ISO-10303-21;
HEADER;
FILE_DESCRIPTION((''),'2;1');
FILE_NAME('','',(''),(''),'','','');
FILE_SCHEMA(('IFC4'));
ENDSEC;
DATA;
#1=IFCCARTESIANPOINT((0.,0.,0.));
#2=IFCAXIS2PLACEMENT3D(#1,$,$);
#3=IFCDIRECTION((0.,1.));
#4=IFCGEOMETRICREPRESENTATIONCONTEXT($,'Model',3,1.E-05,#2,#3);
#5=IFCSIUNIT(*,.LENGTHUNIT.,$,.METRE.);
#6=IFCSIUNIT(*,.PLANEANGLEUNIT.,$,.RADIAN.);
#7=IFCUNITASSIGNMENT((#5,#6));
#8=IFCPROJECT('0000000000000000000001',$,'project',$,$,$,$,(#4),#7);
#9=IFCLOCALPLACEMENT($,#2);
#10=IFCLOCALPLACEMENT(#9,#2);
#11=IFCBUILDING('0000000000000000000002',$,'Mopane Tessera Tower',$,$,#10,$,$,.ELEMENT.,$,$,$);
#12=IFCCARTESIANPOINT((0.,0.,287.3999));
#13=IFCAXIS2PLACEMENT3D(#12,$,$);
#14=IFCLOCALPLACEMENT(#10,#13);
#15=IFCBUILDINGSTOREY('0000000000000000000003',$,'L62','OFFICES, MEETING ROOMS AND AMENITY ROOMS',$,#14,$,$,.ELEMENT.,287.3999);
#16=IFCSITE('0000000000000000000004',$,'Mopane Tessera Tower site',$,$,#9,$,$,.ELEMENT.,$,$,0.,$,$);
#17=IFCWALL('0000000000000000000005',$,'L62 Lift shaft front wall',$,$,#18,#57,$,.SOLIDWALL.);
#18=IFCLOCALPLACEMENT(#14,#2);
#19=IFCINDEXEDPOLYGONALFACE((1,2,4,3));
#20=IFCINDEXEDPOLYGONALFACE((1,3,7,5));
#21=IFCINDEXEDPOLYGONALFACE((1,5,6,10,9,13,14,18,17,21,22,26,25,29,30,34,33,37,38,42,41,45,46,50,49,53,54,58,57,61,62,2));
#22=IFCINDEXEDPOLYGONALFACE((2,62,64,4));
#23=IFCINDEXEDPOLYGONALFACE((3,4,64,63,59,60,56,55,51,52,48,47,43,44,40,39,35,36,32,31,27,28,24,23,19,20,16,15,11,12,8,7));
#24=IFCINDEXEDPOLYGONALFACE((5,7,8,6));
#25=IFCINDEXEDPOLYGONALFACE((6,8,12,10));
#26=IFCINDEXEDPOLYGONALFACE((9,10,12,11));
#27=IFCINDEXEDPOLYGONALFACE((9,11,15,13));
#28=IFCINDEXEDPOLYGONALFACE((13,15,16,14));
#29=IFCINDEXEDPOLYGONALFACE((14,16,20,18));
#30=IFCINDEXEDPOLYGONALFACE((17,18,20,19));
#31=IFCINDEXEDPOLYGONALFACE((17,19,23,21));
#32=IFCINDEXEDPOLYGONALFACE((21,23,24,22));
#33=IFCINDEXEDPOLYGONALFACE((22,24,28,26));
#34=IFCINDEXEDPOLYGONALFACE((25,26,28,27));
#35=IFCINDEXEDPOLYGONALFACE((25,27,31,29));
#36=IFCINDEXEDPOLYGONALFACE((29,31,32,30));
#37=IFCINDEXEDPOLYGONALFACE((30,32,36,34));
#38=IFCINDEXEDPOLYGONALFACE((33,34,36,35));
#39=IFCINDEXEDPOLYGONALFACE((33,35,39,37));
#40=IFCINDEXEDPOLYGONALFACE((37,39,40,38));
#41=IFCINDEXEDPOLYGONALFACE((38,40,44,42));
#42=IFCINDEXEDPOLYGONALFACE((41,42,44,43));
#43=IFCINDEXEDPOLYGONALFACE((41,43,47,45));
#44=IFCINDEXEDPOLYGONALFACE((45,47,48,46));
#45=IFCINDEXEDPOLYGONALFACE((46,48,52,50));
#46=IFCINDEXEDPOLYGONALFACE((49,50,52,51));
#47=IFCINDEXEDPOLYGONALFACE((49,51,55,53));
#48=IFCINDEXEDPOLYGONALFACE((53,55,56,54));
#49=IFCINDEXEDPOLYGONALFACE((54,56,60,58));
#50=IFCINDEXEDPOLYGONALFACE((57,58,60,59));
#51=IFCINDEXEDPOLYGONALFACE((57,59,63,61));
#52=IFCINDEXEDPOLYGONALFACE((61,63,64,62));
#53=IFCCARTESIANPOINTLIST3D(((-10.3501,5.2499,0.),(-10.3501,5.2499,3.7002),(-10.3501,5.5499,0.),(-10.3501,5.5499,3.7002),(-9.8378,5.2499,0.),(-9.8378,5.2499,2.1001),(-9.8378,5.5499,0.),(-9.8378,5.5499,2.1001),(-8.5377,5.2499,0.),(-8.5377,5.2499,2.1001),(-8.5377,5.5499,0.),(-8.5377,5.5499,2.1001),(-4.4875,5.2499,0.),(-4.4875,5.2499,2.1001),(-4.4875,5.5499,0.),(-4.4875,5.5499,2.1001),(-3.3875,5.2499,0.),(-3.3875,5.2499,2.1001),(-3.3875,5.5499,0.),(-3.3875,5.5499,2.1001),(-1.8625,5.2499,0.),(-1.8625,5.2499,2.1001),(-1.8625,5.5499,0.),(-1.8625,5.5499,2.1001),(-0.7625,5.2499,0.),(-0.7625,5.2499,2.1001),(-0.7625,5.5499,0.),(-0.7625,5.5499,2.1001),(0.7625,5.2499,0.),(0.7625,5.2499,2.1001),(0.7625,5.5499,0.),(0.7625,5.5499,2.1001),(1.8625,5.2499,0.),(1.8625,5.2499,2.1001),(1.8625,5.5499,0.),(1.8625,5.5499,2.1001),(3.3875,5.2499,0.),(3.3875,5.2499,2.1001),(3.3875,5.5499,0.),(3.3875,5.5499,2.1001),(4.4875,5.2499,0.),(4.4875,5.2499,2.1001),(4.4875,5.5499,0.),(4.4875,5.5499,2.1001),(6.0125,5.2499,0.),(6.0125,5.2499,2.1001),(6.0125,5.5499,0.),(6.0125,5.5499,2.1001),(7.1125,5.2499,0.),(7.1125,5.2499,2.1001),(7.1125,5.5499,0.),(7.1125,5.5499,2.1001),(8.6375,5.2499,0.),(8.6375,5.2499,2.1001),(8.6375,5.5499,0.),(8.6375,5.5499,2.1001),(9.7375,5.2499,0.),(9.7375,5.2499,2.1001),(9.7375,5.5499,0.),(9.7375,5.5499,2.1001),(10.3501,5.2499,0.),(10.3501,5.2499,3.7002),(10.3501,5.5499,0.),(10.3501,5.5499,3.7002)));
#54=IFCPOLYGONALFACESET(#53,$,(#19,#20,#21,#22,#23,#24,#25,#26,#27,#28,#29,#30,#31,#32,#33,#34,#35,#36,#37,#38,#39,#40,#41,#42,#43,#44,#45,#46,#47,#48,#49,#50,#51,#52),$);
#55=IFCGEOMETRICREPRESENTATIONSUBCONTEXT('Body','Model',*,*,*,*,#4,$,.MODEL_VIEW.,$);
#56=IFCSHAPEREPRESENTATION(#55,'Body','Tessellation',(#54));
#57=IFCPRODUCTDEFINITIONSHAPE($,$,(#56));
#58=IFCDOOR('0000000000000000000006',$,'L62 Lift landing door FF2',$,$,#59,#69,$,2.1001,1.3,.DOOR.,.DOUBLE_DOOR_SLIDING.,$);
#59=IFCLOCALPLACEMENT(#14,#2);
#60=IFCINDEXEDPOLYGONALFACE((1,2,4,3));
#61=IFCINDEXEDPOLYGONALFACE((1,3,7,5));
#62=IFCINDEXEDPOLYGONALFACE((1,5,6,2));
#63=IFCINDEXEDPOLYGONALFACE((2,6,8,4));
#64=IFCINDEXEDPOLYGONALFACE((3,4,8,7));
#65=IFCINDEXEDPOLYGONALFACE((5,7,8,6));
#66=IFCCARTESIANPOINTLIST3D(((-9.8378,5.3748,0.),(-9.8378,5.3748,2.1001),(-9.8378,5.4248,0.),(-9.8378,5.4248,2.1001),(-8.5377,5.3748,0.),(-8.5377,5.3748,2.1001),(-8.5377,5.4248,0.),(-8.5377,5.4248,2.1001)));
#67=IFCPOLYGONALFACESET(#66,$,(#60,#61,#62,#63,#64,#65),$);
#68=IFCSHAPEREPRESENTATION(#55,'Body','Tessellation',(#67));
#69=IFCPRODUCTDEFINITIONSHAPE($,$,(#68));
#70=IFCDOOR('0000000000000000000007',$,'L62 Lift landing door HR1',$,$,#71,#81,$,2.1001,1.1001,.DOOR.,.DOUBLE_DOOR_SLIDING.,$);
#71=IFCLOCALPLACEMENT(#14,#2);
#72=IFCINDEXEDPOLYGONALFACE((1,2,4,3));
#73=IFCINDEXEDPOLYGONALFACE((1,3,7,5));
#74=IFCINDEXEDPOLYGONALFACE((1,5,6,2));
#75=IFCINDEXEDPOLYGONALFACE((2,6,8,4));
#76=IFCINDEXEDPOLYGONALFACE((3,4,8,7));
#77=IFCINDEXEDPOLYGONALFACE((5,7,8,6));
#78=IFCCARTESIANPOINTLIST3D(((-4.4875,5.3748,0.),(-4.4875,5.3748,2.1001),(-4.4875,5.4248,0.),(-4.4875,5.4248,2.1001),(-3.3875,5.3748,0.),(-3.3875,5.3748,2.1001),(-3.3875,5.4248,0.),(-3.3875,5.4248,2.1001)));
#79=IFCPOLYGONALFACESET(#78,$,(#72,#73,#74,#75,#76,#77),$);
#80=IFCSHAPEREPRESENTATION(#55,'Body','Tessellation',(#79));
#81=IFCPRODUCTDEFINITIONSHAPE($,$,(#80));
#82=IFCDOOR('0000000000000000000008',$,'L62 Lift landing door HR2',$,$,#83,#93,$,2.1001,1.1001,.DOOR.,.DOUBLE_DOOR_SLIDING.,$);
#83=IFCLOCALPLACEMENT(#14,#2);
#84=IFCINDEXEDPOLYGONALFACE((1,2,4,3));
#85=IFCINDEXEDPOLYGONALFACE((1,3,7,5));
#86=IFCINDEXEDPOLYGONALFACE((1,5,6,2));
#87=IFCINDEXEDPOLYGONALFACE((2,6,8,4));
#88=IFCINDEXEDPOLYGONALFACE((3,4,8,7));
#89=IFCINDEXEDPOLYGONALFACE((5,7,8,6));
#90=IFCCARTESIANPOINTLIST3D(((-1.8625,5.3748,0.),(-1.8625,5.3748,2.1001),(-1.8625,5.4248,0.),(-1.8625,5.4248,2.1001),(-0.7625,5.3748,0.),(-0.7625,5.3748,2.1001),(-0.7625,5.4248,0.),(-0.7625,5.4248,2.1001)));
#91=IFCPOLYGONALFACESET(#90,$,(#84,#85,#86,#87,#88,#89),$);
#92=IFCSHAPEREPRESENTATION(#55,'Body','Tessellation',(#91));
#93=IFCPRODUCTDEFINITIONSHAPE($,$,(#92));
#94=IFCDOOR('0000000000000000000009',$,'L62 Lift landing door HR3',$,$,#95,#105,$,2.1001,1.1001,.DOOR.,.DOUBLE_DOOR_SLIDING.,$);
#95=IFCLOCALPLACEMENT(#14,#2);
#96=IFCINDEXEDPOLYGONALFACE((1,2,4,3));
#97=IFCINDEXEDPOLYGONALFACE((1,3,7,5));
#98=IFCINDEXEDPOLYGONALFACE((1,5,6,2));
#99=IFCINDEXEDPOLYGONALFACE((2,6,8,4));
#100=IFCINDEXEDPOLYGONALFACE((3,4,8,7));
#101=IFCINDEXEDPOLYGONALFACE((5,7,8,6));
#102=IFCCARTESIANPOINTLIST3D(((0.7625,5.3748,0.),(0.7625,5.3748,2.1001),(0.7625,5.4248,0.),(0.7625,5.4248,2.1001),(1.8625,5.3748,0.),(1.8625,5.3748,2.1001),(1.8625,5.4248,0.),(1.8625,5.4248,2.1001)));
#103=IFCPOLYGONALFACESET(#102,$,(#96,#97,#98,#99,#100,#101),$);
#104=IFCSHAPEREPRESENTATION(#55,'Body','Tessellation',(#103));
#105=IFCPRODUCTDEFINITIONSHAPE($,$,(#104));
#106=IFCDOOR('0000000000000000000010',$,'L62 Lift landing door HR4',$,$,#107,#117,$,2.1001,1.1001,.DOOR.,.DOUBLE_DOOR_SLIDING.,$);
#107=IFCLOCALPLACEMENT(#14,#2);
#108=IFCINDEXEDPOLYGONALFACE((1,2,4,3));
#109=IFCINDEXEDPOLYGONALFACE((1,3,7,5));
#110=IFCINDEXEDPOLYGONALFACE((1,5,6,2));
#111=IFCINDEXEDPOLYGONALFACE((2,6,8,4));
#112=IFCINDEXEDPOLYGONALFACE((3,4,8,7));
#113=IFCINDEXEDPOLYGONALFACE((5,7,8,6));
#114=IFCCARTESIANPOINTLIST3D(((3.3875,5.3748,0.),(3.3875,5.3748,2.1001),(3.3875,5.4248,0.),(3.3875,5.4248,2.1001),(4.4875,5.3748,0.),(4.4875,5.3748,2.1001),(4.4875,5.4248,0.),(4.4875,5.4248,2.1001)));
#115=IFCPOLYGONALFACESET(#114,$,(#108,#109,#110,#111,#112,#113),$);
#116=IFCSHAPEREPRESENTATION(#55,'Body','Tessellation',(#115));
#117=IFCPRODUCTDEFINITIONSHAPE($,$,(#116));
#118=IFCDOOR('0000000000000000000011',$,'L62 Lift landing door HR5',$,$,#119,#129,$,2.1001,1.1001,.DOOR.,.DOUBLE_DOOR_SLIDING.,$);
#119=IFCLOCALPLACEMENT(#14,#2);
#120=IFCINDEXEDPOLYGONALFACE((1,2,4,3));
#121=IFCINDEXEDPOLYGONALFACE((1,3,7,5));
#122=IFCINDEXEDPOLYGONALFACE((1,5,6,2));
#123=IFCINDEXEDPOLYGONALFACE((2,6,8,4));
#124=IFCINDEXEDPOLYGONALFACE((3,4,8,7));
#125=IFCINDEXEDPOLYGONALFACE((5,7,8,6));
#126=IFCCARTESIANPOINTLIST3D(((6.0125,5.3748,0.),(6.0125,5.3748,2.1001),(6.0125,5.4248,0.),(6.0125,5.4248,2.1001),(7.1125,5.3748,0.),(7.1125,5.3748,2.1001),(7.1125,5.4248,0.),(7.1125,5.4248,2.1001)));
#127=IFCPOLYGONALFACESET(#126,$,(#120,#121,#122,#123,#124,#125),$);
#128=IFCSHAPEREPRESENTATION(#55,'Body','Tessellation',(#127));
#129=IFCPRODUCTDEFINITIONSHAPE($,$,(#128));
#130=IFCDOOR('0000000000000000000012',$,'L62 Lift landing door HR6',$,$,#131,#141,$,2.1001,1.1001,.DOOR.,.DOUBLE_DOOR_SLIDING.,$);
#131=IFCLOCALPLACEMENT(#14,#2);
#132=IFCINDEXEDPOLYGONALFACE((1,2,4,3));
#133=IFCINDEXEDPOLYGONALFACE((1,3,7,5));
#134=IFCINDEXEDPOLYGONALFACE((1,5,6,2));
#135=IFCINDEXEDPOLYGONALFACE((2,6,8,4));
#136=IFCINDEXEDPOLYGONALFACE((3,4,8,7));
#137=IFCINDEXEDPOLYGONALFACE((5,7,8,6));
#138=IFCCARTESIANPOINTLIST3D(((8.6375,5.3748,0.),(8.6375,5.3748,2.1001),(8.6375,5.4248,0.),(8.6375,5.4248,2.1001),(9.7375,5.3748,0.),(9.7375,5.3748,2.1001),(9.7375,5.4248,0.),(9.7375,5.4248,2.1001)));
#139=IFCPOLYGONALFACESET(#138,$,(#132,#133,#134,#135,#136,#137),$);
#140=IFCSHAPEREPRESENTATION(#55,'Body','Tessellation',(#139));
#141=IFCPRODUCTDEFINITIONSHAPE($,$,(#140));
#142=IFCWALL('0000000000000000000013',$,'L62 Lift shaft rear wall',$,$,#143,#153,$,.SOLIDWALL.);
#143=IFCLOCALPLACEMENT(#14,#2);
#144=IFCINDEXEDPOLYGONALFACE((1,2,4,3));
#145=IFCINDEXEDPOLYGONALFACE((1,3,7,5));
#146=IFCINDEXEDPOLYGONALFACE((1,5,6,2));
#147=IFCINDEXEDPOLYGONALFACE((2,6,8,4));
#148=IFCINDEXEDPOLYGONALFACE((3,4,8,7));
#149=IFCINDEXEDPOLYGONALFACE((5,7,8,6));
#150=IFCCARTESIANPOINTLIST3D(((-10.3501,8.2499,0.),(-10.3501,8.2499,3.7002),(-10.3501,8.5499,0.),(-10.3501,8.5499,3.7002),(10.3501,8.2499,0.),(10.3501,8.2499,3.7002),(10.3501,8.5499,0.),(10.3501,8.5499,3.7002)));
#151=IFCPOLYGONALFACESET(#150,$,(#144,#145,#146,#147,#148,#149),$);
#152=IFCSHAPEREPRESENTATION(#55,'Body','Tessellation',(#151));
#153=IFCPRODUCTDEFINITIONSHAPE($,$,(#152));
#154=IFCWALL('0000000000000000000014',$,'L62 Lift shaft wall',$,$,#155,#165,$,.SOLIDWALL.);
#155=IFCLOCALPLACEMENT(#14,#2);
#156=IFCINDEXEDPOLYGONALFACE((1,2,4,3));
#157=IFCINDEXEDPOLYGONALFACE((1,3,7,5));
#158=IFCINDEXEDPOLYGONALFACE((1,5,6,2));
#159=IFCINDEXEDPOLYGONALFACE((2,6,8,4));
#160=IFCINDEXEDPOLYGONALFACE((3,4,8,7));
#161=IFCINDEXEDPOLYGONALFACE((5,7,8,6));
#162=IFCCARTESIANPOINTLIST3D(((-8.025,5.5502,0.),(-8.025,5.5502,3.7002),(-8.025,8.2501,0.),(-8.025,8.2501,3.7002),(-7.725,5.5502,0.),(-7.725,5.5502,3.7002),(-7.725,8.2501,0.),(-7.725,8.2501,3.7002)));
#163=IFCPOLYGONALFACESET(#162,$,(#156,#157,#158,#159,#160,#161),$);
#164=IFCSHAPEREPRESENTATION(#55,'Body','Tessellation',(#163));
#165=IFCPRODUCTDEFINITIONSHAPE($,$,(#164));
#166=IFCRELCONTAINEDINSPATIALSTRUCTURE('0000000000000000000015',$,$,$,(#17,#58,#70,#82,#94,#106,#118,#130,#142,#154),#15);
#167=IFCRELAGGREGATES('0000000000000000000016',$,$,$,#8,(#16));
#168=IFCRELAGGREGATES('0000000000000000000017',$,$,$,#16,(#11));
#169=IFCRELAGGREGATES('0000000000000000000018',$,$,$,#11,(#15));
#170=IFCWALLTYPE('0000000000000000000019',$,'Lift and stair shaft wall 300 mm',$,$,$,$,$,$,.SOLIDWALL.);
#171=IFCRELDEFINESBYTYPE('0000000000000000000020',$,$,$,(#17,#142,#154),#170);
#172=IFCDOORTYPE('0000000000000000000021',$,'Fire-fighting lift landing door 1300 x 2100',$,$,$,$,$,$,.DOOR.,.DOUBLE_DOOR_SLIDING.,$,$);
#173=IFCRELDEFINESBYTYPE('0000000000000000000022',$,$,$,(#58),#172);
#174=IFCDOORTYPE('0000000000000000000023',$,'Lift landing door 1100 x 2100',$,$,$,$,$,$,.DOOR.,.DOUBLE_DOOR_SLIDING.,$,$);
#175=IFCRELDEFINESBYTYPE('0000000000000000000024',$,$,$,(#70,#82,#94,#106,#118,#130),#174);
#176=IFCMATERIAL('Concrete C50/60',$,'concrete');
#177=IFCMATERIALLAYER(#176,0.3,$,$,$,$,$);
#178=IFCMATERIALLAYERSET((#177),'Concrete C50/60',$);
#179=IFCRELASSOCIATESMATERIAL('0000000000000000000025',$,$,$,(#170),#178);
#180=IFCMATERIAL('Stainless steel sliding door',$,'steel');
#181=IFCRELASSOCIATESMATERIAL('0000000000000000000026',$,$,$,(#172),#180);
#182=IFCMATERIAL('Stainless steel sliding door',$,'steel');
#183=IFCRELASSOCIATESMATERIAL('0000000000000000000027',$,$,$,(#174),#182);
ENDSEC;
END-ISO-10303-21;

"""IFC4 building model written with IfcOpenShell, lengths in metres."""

from ifc_helpers import new_model, si_unit, direction, frame, frame_2d, origin, place, context, subcontext, project, spatial, rectangle, extrude, material, layer, layer_set, type_object, element, fill, save


model = new_model("IFC4")

# Units and contexts
model_context = context("Model", 3, precision=1e-05, world=origin(), true_north=direction((0.0, 1.0)))
body_context = subcontext(model_context, "Body", "Model", "MODEL_VIEW")
ifc_project = project(units=[si_unit("LENGTHUNIT", "METRE"), si_unit("PLANEANGLEUNIT", "RADIAN")], contexts=[model_context])

# Site, building, storey
site_placement = place(None, origin())
site = spatial("IfcSite", under=ifc_project, at=site_placement, Name="Mopane Tessera Tower site", CompositionType="ELEMENT", RefElevation=0.0)
building_placement = place(site_placement, origin())
building = spatial("IfcBuilding", under=site, at=building_placement, Name="Mopane Tessera Tower", CompositionType="ELEMENT")
storey_placement = place(building_placement, frame((0.0, 0.0, 287.3999)))
storey = spatial("IfcBuildingStorey", under=building, at=storey_placement, Name="L62", Description="OFFICES, MEETING ROOMS AND AMENITY ROOMS", CompositionType="ELEMENT", Elevation=287.3999)

# Shared definitions
ifc_material_1 = material(Name="Concrete C50/60", Category="concrete")
ifc_layer_1 = layer(ifc_material_1, 0.3)
ifc_layer_set_1 = layer_set([ifc_layer_1], Name="Concrete C50/60")
wall_type_1 = type_object("IfcWallType", Name="Lift and stair shaft wall 300 mm", PredefinedType="SOLIDWALL", material=ifc_layer_set_1)

# Wall, openings, doors
wall_1_placement = place(storey_placement, frame((-10.3501, 5.3999, 0.0), z_axis=(0.0, 0.0, 1.0), x_axis=(1.0, 0.0, 0.0)))
wall_1 = element("IfcWall", 1, at=wall_1_placement, inside=storey, type_object=wall_type_1, Name="L62 Lift shaft front wall", PredefinedType="SOLIDWALL", context=body_context, shape_type="SweptSolid", body=[
    extrude(rectangle(XDim=20.7002, YDim=0.3, at=frame_2d((10.3501, 0.0))), origin(), (0.0, 0.0, 1.0), 3.7002),
])
opening_1_placement = place(wall_1_placement, frame((0.5125, 0.0, 0.0)))
opening_1 = element("IfcOpeningElement", 2, at=opening_1_placement, cuts=wall_1, PredefinedType="OPENING", context=body_context, shape_type="SweptSolid", body=[
    extrude(rectangle(XDim=1.3, YDim=2.1001, at=frame_2d((0.6499, 1.05))), frame((0.0, 0.1621, 0.0), z_axis=(0.0, -1.0, 0.0), x_axis=(1.0, 0.0, 0.0)), (0.0, 0.0, 1.0), 0.324),
])
opening_2_placement = place(wall_1_placement, frame((5.8625, 0.0, 0.0)))
opening_2 = element("IfcOpeningElement", 3, at=opening_2_placement, cuts=wall_1, PredefinedType="OPENING", context=body_context, shape_type="SweptSolid", body=[
    extrude(rectangle(XDim=1.1001, YDim=2.1001, at=frame_2d((0.55, 1.05))), frame((0.0, 0.1621, 0.0), z_axis=(0.0, -1.0, 0.0), x_axis=(1.0, 0.0, 0.0)), (0.0, 0.0, 1.0), 0.324),
])
opening_3_placement = place(wall_1_placement, frame((8.4875, 0.0, 0.0)))
opening_3 = element("IfcOpeningElement", 4, at=opening_3_placement, cuts=wall_1, PredefinedType="OPENING", context=body_context, shape_type="SweptSolid", body=[
    extrude(rectangle(XDim=1.1001, YDim=2.1001, at=frame_2d((0.55, 1.05))), frame((0.0, 0.1621, 0.0), z_axis=(0.0, -1.0, 0.0), x_axis=(1.0, 0.0, 0.0)), (0.0, 0.0, 1.0), 0.324),
])
opening_4_placement = place(wall_1_placement, frame((11.1125, 0.0, 0.0)))
opening_4 = element("IfcOpeningElement", 5, at=opening_4_placement, cuts=wall_1, PredefinedType="OPENING", context=body_context, shape_type="SweptSolid", body=[
    extrude(rectangle(XDim=1.1001, YDim=2.1001, at=frame_2d((0.55, 1.05))), frame((0.0, 0.1621, 0.0), z_axis=(0.0, -1.0, 0.0), x_axis=(1.0, 0.0, 0.0)), (0.0, 0.0, 1.0), 0.324),
])
opening_5_placement = place(wall_1_placement, frame((13.7375, 0.0, 0.0)))
opening_5 = element("IfcOpeningElement", 6, at=opening_5_placement, cuts=wall_1, PredefinedType="OPENING", context=body_context, shape_type="SweptSolid", body=[
    extrude(rectangle(XDim=1.1001, YDim=2.1001, at=frame_2d((0.55, 1.05))), frame((0.0, 0.1621, 0.0), z_axis=(0.0, -1.0, 0.0), x_axis=(1.0, 0.0, 0.0)), (0.0, 0.0, 1.0), 0.324),
])
opening_6_placement = place(wall_1_placement, frame((16.3625, 0.0, 0.0)))
opening_6 = element("IfcOpeningElement", 7, at=opening_6_placement, cuts=wall_1, PredefinedType="OPENING", context=body_context, shape_type="SweptSolid", body=[
    extrude(rectangle(XDim=1.1001, YDim=2.1001, at=frame_2d((0.55, 1.05))), frame((0.0, 0.1621, 0.0), z_axis=(0.0, -1.0, 0.0), x_axis=(1.0, 0.0, 0.0)), (0.0, 0.0, 1.0), 0.324),
])
opening_7_placement = place(wall_1_placement, frame((18.9875, 0.0, 0.0)))
opening_7 = element("IfcOpeningElement", 8, at=opening_7_placement, cuts=wall_1, PredefinedType="OPENING", context=body_context, shape_type="SweptSolid", body=[
    extrude(rectangle(XDim=1.1001, YDim=2.1001, at=frame_2d((0.55, 1.05))), frame((0.0, 0.1621, 0.0), z_axis=(0.0, -1.0, 0.0), x_axis=(1.0, 0.0, 0.0)), (0.0, 0.0, 1.0), 0.324),
])
ifc_material_2 = material(Name="Stainless steel sliding door", Category="steel")
door_type_1 = type_object("IfcDoorType", Name="Fire-fighting lift landing door 1300 x 2100", OperationType="DOUBLE_DOOR_SLIDING", PredefinedType="DOOR", material=ifc_material_2)
door_1_placement = place(opening_1_placement, origin())
door_1 = element("IfcDoor", 9, at=door_1_placement, inside=storey, type_object=door_type_1, Name="L62 Lift landing door FF2", OperationType="DOUBLE_DOOR_SLIDING", OverallHeight=2.1001, OverallWidth=1.3, PredefinedType="DOOR", context=body_context, shape_type="SweptSolid", body=[
    extrude(rectangle(XDim=1.3, YDim=2.1001, at=frame_2d((0.6499, 1.05))), frame((0.0, 0.0249, 0.0), z_axis=(0.0, -1.0, 0.0), x_axis=(1.0, 0.0, 0.0)), (0.0, 0.0, 1.0), 0.05),
])
fill(opening_1, door_1)
ifc_material_3 = material(Name="Stainless steel sliding door", Category="steel")
door_type_2 = type_object("IfcDoorType", Name="Lift landing door 1100 x 2100", OperationType="DOUBLE_DOOR_SLIDING", PredefinedType="DOOR", material=ifc_material_3)
door_2_placement = place(opening_2_placement, origin())
door_2 = element("IfcDoor", 10, at=door_2_placement, inside=storey, type_object=door_type_2, Name="L62 Lift landing door HR1", OperationType="DOUBLE_DOOR_SLIDING", OverallHeight=2.1001, OverallWidth=1.1001, PredefinedType="DOOR", context=body_context, shape_type="SweptSolid", body=[
    extrude(rectangle(XDim=1.1001, YDim=2.1001, at=frame_2d((0.55, 1.05))), frame((0.0, 0.0249, 0.0), z_axis=(0.0, -1.0, 0.0), x_axis=(1.0, 0.0, 0.0)), (0.0, 0.0, 1.0), 0.05),
])
fill(opening_2, door_2)
door_3_placement = place(opening_3_placement, origin())
door_3 = element("IfcDoor", 11, at=door_3_placement, inside=storey, type_object=door_type_2, Name="L62 Lift landing door HR2", OperationType="DOUBLE_DOOR_SLIDING", OverallHeight=2.1001, OverallWidth=1.1001, PredefinedType="DOOR", context=body_context, shape_type="SweptSolid", body=[
    extrude(rectangle(XDim=1.1001, YDim=2.1001, at=frame_2d((0.55, 1.05))), frame((0.0, 0.0249, 0.0), z_axis=(0.0, -1.0, 0.0), x_axis=(1.0, 0.0, 0.0)), (0.0, 0.0, 1.0), 0.05),
])
fill(opening_3, door_3)
door_4_placement = place(opening_4_placement, origin())
door_4 = element("IfcDoor", 12, at=door_4_placement, inside=storey, type_object=door_type_2, Name="L62 Lift landing door HR3", OperationType="DOUBLE_DOOR_SLIDING", OverallHeight=2.1001, OverallWidth=1.1001, PredefinedType="DOOR", context=body_context, shape_type="SweptSolid", body=[
    extrude(rectangle(XDim=1.1001, YDim=2.1001, at=frame_2d((0.55, 1.05))), frame((0.0, 0.0249, 0.0), z_axis=(0.0, -1.0, 0.0), x_axis=(1.0, 0.0, 0.0)), (0.0, 0.0, 1.0), 0.05),
])
fill(opening_4, door_4)
door_5_placement = place(opening_5_placement, origin())
door_5 = element("IfcDoor", 13, at=door_5_placement, inside=storey, type_object=door_type_2, Name="L62 Lift landing door HR4", OperationType="DOUBLE_DOOR_SLIDING", OverallHeight=2.1001, OverallWidth=1.1001, PredefinedType="DOOR", context=body_context, shape_type="SweptSolid", body=[
    extrude(rectangle(XDim=1.1001, YDim=2.1001, at=frame_2d((0.55, 1.05))), frame((0.0, 0.0249, 0.0), z_axis=(0.0, -1.0, 0.0), x_axis=(1.0, 0.0, 0.0)), (0.0, 0.0, 1.0), 0.05),
])
fill(opening_5, door_5)
door_6_placement = place(opening_6_placement, origin())
door_6 = element("IfcDoor", 14, at=door_6_placement, inside=storey, type_object=door_type_2, Name="L62 Lift landing door HR5", OperationType="DOUBLE_DOOR_SLIDING", OverallHeight=2.1001, OverallWidth=1.1001, PredefinedType="DOOR", context=body_context, shape_type="SweptSolid", body=[
    extrude(rectangle(XDim=1.1001, YDim=2.1001, at=frame_2d((0.55, 1.05))), frame((0.0, 0.0249, 0.0), z_axis=(0.0, -1.0, 0.0), x_axis=(1.0, 0.0, 0.0)), (0.0, 0.0, 1.0), 0.05),
])
fill(opening_6, door_6)
door_7_placement = place(opening_7_placement, origin())
door_7 = element("IfcDoor", 15, at=door_7_placement, inside=storey, type_object=door_type_2, Name="L62 Lift landing door HR6", OperationType="DOUBLE_DOOR_SLIDING", OverallHeight=2.1001, OverallWidth=1.1001, PredefinedType="DOOR", context=body_context, shape_type="SweptSolid", body=[
    extrude(rectangle(XDim=1.1001, YDim=2.1001, at=frame_2d((0.55, 1.05))), frame((0.0, 0.0249, 0.0), z_axis=(0.0, -1.0, 0.0), x_axis=(1.0, 0.0, 0.0)), (0.0, 0.0, 1.0), 0.05),
])
fill(opening_7, door_7)

# Walls
wall_2_placement = place(storey_placement, frame((-10.3501, 8.3999, 0.0), z_axis=(0.0, 0.0, 1.0), x_axis=(1.0, 0.0, 0.0)))
element("IfcWall", 16, at=wall_2_placement, inside=storey, type_object=wall_type_1, Name="L62 Lift shaft rear wall", PredefinedType="SOLIDWALL", context=body_context, shape_type="SweptSolid", body=[
    extrude(rectangle(XDim=20.7002, YDim=0.3, at=frame_2d((10.3501, 0.0))), origin(), (0.0, 0.0, 1.0), 3.7002),
])
for number, where, z_axis, x_axis, name in (
    (17, (-7.875, 5.55, 0.0), (0.0, 0.0, 1.0), (0.0, 1.0, 0.0), "L62 Lift shaft wall"),
):
    element("IfcWall", number, at=place(storey_placement, frame(where, z_axis=z_axis, x_axis=x_axis)), inside=storey, type_object=wall_type_1, Name=name, PredefinedType="SOLIDWALL", context=body_context, shape_type="SweptSolid", body=[
        extrude(rectangle(XDim=2.7, YDim=0.3, at=frame_2d((1.3501, 0.0))), origin(), (0.0, 0.0, 1.0), 3.7002),
    ])

save(model, "model.ifc")
